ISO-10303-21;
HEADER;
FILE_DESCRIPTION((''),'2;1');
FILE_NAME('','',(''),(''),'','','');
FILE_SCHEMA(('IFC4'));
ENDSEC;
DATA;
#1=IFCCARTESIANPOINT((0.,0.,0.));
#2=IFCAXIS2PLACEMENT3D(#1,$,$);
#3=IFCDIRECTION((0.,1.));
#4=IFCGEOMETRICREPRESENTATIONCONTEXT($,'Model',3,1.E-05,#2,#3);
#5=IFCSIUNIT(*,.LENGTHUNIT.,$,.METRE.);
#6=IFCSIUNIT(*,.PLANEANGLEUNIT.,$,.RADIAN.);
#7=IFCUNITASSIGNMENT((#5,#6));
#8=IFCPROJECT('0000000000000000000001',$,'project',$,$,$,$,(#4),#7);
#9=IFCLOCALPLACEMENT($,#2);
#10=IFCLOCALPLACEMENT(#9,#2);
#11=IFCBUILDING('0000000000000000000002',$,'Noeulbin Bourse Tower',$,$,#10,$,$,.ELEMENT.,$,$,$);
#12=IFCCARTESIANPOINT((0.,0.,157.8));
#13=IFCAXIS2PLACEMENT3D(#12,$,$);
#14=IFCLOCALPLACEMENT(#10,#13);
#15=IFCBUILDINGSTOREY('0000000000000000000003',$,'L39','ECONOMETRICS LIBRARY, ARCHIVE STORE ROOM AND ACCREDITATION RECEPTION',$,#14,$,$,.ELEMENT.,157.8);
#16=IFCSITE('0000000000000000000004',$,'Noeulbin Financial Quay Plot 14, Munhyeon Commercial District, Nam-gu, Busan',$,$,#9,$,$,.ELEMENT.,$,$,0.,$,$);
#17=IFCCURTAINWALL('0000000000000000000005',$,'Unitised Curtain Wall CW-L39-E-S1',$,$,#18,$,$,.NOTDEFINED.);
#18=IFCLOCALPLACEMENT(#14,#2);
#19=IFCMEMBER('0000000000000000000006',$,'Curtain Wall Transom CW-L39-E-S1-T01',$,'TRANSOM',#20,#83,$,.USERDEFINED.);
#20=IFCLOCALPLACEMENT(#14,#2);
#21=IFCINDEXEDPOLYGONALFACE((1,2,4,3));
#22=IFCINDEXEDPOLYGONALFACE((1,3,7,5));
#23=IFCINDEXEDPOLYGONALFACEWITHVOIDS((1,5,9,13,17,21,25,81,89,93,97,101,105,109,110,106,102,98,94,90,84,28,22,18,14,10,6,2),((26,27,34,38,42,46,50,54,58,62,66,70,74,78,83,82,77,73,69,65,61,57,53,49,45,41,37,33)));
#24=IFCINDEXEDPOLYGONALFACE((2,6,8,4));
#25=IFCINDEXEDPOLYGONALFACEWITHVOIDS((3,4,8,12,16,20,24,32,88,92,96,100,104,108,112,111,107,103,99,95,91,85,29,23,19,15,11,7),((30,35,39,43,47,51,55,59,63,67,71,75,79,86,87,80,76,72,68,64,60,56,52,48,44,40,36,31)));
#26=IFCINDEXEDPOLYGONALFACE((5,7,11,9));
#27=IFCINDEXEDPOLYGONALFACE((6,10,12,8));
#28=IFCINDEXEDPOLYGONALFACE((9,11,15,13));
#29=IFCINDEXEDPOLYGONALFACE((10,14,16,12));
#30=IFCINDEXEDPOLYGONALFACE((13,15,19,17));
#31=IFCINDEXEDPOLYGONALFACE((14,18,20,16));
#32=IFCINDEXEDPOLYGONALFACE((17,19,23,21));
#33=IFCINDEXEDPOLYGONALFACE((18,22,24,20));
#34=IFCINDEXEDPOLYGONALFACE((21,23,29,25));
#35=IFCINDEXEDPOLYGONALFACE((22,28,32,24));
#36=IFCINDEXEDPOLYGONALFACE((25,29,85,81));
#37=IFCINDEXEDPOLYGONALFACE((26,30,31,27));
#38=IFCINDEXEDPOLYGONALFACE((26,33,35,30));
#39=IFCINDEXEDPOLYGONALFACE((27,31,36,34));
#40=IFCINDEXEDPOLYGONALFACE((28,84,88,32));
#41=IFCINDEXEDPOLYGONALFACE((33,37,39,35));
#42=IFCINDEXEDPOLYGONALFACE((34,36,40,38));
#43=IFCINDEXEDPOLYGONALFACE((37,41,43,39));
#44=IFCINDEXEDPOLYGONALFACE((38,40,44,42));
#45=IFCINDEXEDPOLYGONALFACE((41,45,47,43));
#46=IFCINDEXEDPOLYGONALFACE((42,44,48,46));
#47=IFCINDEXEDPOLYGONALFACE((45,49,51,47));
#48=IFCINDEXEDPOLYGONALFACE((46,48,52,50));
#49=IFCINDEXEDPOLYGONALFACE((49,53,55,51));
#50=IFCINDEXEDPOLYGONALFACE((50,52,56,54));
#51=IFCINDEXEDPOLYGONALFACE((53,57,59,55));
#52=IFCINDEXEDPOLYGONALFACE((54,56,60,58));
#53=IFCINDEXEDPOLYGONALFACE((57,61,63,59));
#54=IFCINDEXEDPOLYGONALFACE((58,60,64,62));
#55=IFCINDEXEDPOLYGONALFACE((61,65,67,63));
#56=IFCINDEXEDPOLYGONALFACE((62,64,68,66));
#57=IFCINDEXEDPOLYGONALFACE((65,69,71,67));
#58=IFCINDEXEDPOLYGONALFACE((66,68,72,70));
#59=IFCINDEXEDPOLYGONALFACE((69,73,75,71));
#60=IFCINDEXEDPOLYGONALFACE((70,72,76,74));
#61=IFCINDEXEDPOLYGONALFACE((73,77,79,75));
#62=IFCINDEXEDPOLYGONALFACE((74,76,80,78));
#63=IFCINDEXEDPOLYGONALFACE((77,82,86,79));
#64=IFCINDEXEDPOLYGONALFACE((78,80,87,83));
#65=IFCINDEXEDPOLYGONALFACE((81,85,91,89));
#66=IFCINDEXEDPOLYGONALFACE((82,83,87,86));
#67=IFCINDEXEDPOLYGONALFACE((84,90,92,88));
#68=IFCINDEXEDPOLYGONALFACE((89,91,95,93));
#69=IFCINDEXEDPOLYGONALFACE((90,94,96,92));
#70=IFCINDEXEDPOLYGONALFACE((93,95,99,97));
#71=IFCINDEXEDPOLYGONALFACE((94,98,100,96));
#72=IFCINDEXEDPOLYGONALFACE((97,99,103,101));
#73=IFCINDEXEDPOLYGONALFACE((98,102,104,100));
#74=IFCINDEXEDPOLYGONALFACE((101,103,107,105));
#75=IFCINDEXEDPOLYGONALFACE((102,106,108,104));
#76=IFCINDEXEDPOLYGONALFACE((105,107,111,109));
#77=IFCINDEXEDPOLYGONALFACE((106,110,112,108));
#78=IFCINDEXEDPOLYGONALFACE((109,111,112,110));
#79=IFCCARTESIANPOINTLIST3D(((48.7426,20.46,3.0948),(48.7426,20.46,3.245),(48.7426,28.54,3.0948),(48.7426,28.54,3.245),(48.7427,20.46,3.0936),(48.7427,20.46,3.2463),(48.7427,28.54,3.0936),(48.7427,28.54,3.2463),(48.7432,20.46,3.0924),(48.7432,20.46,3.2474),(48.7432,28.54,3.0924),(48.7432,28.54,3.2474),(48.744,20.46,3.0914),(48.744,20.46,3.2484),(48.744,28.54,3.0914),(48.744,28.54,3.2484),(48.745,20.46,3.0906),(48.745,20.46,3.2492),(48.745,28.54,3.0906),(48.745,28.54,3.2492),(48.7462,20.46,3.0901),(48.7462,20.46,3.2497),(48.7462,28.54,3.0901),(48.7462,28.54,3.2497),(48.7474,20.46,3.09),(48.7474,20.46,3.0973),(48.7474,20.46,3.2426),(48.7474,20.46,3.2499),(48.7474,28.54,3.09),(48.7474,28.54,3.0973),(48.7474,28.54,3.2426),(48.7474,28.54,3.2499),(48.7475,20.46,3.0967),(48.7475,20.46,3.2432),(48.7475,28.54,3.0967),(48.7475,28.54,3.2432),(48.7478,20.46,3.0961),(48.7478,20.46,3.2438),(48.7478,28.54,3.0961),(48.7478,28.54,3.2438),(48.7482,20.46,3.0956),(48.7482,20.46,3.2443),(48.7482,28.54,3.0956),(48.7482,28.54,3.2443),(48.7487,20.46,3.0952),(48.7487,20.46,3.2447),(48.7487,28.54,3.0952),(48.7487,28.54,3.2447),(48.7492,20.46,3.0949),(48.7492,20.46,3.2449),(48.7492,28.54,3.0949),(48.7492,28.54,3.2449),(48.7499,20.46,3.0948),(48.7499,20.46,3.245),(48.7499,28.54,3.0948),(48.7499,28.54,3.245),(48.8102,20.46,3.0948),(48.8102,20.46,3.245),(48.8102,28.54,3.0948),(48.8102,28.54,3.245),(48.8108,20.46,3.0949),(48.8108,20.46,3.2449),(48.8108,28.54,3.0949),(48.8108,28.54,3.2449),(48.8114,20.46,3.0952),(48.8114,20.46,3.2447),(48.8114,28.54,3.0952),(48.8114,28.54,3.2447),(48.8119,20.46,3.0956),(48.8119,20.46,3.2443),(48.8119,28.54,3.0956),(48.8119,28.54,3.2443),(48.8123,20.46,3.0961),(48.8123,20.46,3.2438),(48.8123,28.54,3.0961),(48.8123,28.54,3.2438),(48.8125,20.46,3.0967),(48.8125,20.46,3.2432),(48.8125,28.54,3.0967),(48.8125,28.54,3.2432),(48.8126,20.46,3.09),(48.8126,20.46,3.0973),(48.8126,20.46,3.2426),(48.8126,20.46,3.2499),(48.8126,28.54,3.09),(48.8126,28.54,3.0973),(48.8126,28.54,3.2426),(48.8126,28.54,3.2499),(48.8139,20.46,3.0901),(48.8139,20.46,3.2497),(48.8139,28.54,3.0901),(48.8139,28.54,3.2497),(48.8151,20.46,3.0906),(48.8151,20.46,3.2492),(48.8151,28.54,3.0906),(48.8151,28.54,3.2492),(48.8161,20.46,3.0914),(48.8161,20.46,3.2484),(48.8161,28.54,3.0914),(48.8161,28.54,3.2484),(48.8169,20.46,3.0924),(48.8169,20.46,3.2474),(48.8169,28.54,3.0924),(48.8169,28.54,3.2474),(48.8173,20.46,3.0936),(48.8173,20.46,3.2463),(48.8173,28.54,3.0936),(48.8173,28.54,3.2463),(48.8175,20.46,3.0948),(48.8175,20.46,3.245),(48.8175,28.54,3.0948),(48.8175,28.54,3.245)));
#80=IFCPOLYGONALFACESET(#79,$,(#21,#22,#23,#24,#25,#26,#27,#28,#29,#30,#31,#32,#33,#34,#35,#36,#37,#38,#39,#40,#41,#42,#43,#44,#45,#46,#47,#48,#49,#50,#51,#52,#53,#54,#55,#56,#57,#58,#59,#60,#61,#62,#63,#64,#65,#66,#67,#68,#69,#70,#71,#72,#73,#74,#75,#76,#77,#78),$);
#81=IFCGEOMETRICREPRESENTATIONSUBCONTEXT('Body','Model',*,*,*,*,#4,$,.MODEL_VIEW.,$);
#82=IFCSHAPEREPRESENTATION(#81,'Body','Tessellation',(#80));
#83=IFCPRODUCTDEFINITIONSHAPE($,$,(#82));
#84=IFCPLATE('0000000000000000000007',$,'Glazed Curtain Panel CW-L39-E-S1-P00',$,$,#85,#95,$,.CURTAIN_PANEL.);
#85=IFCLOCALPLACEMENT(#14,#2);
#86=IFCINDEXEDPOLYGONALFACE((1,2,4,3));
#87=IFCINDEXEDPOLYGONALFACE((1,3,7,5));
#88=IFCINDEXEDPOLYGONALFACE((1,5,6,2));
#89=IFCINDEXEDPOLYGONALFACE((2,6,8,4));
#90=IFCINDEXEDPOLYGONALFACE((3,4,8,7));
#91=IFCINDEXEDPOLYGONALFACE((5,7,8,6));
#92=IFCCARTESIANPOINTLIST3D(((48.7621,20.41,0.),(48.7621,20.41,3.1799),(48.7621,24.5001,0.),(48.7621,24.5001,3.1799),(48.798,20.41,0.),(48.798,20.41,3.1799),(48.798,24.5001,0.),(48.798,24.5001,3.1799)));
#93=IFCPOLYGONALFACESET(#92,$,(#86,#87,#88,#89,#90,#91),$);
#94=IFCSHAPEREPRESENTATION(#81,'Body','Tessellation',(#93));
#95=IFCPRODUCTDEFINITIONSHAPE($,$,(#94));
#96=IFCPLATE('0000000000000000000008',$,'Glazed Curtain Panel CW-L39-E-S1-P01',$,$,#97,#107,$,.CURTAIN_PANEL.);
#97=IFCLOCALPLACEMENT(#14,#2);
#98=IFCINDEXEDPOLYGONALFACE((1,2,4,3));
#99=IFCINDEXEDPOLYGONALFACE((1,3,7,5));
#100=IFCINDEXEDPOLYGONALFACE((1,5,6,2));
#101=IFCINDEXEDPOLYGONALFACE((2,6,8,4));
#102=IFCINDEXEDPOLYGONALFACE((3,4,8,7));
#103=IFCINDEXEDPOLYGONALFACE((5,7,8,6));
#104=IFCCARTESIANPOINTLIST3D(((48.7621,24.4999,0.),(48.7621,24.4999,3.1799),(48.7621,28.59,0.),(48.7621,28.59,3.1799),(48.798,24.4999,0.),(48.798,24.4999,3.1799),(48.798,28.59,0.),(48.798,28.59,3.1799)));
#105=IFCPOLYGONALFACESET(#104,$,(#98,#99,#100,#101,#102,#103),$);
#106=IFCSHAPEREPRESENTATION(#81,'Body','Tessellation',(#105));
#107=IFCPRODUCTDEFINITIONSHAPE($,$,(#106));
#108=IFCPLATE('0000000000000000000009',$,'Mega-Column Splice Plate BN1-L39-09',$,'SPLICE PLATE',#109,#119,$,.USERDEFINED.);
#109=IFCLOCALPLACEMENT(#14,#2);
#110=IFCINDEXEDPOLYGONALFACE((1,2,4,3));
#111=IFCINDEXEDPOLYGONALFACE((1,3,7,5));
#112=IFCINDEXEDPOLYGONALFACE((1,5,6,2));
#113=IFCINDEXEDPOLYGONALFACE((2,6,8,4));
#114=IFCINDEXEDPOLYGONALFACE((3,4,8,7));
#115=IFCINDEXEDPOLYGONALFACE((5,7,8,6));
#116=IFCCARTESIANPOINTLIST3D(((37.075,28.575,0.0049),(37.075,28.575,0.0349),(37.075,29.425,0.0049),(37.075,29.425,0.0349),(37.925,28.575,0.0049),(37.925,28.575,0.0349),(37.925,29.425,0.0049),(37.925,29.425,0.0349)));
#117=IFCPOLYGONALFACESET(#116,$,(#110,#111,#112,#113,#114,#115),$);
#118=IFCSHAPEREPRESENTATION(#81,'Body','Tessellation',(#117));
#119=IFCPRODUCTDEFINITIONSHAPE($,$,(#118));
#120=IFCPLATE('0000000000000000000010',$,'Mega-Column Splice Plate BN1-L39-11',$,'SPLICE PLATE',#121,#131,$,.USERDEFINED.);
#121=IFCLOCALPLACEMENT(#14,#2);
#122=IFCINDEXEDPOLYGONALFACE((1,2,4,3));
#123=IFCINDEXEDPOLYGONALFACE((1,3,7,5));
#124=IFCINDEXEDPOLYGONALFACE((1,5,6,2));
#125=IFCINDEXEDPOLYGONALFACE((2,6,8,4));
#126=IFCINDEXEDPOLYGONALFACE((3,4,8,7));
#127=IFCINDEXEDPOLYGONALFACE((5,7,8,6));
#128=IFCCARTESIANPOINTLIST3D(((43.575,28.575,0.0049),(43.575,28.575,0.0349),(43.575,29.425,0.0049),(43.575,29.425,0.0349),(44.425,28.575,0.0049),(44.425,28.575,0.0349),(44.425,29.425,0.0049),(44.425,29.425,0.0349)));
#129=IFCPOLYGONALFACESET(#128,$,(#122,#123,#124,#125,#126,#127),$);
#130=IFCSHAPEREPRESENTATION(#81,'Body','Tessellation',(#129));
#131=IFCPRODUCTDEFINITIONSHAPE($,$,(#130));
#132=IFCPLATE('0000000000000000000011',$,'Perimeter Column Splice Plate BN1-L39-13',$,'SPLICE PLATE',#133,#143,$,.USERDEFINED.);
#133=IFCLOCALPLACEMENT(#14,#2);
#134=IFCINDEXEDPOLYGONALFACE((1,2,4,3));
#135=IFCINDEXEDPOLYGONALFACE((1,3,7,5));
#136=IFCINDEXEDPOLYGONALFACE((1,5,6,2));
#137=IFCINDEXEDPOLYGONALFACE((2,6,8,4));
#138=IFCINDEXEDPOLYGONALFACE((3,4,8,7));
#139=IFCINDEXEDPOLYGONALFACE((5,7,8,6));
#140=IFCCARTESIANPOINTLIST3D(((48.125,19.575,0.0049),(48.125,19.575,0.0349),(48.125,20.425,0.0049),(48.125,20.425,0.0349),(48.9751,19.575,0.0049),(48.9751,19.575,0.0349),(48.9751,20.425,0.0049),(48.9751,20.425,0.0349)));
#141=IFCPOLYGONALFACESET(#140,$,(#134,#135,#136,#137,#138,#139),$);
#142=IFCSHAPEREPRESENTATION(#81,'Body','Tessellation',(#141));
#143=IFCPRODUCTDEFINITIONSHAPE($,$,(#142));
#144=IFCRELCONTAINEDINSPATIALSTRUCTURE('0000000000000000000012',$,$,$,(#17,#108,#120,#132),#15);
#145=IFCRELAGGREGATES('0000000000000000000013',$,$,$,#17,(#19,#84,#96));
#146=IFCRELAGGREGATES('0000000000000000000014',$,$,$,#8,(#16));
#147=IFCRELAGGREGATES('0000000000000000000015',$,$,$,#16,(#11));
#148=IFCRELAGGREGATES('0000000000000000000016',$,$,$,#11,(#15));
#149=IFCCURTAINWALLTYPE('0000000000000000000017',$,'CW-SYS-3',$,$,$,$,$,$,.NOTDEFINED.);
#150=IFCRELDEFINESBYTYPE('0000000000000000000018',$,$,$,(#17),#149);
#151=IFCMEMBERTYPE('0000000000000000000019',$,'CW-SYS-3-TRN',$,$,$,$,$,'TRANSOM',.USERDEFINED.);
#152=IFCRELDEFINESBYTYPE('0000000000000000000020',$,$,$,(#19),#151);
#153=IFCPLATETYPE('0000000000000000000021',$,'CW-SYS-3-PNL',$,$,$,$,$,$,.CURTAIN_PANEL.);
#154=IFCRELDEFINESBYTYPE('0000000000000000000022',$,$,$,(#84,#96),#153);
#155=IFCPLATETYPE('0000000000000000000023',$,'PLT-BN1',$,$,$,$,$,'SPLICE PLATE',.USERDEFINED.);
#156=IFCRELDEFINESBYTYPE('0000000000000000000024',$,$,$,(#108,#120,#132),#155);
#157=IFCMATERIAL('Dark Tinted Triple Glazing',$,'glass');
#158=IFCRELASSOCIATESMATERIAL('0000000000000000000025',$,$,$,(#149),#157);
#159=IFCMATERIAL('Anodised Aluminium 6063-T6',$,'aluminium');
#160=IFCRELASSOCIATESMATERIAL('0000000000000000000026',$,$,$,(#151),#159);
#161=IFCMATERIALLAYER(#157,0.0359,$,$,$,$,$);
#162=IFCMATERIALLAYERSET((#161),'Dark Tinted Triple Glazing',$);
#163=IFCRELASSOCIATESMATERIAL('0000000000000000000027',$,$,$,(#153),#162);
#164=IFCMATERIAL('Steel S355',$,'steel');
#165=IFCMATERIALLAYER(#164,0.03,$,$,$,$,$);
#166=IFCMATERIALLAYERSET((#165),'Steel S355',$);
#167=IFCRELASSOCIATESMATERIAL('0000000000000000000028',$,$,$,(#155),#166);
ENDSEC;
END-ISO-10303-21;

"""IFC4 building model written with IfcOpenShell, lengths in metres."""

from ifc_helpers import new_model, si_unit, direction, frame, origin, origin_2d, place, context, subcontext, project, spatial, rectangle, hollow_rectangle, extrude, material, layer, layer_set, material_profile, profile_set, type_object, element, aggregate, save


model = new_model("IFC4")

# Units and contexts
model_context = context("Model", 3, precision=1e-05, world=origin(), true_north=direction((0.0, 1.0)))
body_context = subcontext(model_context, "Body", "Model", "MODEL_VIEW")
ifc_project = project(units=[si_unit("LENGTHUNIT", "METRE"), si_unit("PLANEANGLEUNIT", "RADIAN")], contexts=[model_context])

# Site, building, storey
site_placement = place(None, origin())
site = spatial("IfcSite", under=ifc_project, at=site_placement, Name="Noeulbin Financial Quay Plot 14, Munhyeon Commercial District, Nam-gu, Busan", CompositionType="ELEMENT", RefElevation=0.0)
building_placement = place(site_placement, origin())
building = spatial("IfcBuilding", under=site, at=building_placement, Name="Noeulbin Bourse Tower", CompositionType="ELEMENT")
storey_placement = place(building_placement, frame((0.0, 0.0, 157.8)))
storey = spatial("IfcBuildingStorey", under=building, at=storey_placement, Name="L39", Description="ECONOMETRICS LIBRARY, ARCHIVE STORE ROOM AND ACCREDITATION RECEPTION", CompositionType="ELEMENT", Elevation=157.8)

# Shared definitions
ifc_material_1 = material(Name="Steel S355", Category="steel")

# Curtain wall, member, plates
ifc_material_2 = material(Name="Dark Tinted Triple Glazing", Category="glass")
curtain_wall_type = type_object("IfcCurtainWallType", Name="CW-SYS-3", PredefinedType="NOTDEFINED", material=ifc_material_2)
curtain_wall_placement = place(storey_placement, origin())
curtain_wall = element("IfcCurtainWall", 1, at=curtain_wall_placement, inside=storey, type_object=curtain_wall_type, Name="Unitised Curtain Wall CW-L39-E-S1", PredefinedType="NOTDEFINED")
ifc_material_3 = material(Name="Anodised Aluminium 6063-T6", Category="aluminium")
ifc_material_profile_1 = material_profile(ifc_material_3, hollow_rectangle(XDim=0.075, YDim=0.1599, WallThickness=0.0049, InnerFilletRadius=0.0024, OuterFilletRadius=0.0049, at=origin_2d()), Name="ALU-TRAN-75x160x5", Category="LoadBearing")
ifc_profile_set_1 = profile_set([ifc_material_profile_1], Name="Anodised Aluminium 6063-T6")
member_type_1 = type_object("IfcMemberType", Name="CW-SYS-3-TRN", ElementType="TRANSOM", PredefinedType="USERDEFINED", material=ifc_profile_set_1)
member_1_placement = place(storey_placement, frame((48.78, 20.46, 3.1699), z_axis=(0.0, 1.0, 0.0), x_axis=(-1.0, 0.0, 0.0)))
member_1 = element("IfcMember", 2, at=member_1_placement, type_object=member_type_1, Name="Curtain Wall Transom CW-L39-E-S1-T01", ObjectType="TRANSOM", PredefinedType="USERDEFINED", context=body_context, shape_type="SweptSolid", body=[
    extrude(hollow_rectangle(XDim=0.075, YDim=0.1599, WallThickness=0.0049, InnerFilletRadius=0.0024, OuterFilletRadius=0.0049, at=origin_2d()), origin(), (0.0, 0.0, 1.0), 8.0801),
])
ifc_layer_1 = layer(ifc_material_2, 0.0359)
ifc_layer_set_1 = layer_set([ifc_layer_1], Name="Dark Tinted Triple Glazing")
plate_type_1 = type_object("IfcPlateType", Name="CW-SYS-3-PNL", PredefinedType="CURTAIN_PANEL", material=ifc_layer_set_1)
plate_1_placement = place(storey_placement, frame((48.78, 22.4551, 0.0), z_axis=(0.0, 0.0, 1.0), x_axis=(0.0, 1.0, 0.0)))
plate_1 = element("IfcPlate", 3, at=plate_1_placement, type_object=plate_type_1, Name="Glazed Curtain Panel CW-L39-E-S1-P00", PredefinedType="CURTAIN_PANEL", context=body_context, shape_type="SweptSolid", body=[
    extrude(rectangle(XDim=4.0901, YDim=0.0359, at=origin_2d()), origin(), (0.0, 0.0, 1.0), 3.1799),
])
plate_2_placement = place(storey_placement, frame((48.78, 26.5449, 0.0), z_axis=(0.0, 0.0, 1.0), x_axis=(0.0, 1.0, 0.0)))
plate_2 = element("IfcPlate", 4, at=plate_2_placement, type_object=plate_type_1, Name="Glazed Curtain Panel CW-L39-E-S1-P01", PredefinedType="CURTAIN_PANEL", context=body_context, shape_type="SweptSolid", body=[
    extrude(rectangle(XDim=4.0901, YDim=0.0359, at=origin_2d()), origin(), (0.0, 0.0, 1.0), 3.1799),
])
aggregate(curtain_wall, [member_1, plate_1, plate_2])

# Plates
ifc_layer_2 = layer(ifc_material_1, 0.03)
ifc_layer_set_2 = layer_set([ifc_layer_2], Name="Steel S355")
plate_type_2 = type_object("IfcPlateType", Name="PLT-BN1", ElementType="SPLICE PLATE", PredefinedType="USERDEFINED", material=ifc_layer_set_2)
for number, where, z_axis, x_axis, name in (
    (5, (37.5, 29.0, 0.0049), (0.0, 0.0, 1.0), (1.0, 0.0, 0.0), "Mega-Column Splice Plate BN1-L39-09"),
    (6, (44.0, 29.0, 0.0049), (0.0, 0.0, 1.0), (1.0, 0.0, 0.0), "Mega-Column Splice Plate BN1-L39-11"),
    (7, (48.55, 20.0, 0.0049), (0.0, 0.0, 1.0), (1.0, 0.0, 0.0), "Perimeter Column Splice Plate BN1-L39-13"),
):
    element("IfcPlate", number, at=place(storey_placement, frame(where, z_axis=z_axis, x_axis=x_axis)), inside=storey, type_object=plate_type_2, Name=name, ObjectType="SPLICE PLATE", PredefinedType="USERDEFINED", context=body_context, shape_type="SweptSolid", body=[
        extrude(rectangle(XDim=0.8501, YDim=0.8501, at=origin_2d()), origin(), (0.0, 0.0, 1.0), 0.03),
    ])

save(model, "model.ifc")
